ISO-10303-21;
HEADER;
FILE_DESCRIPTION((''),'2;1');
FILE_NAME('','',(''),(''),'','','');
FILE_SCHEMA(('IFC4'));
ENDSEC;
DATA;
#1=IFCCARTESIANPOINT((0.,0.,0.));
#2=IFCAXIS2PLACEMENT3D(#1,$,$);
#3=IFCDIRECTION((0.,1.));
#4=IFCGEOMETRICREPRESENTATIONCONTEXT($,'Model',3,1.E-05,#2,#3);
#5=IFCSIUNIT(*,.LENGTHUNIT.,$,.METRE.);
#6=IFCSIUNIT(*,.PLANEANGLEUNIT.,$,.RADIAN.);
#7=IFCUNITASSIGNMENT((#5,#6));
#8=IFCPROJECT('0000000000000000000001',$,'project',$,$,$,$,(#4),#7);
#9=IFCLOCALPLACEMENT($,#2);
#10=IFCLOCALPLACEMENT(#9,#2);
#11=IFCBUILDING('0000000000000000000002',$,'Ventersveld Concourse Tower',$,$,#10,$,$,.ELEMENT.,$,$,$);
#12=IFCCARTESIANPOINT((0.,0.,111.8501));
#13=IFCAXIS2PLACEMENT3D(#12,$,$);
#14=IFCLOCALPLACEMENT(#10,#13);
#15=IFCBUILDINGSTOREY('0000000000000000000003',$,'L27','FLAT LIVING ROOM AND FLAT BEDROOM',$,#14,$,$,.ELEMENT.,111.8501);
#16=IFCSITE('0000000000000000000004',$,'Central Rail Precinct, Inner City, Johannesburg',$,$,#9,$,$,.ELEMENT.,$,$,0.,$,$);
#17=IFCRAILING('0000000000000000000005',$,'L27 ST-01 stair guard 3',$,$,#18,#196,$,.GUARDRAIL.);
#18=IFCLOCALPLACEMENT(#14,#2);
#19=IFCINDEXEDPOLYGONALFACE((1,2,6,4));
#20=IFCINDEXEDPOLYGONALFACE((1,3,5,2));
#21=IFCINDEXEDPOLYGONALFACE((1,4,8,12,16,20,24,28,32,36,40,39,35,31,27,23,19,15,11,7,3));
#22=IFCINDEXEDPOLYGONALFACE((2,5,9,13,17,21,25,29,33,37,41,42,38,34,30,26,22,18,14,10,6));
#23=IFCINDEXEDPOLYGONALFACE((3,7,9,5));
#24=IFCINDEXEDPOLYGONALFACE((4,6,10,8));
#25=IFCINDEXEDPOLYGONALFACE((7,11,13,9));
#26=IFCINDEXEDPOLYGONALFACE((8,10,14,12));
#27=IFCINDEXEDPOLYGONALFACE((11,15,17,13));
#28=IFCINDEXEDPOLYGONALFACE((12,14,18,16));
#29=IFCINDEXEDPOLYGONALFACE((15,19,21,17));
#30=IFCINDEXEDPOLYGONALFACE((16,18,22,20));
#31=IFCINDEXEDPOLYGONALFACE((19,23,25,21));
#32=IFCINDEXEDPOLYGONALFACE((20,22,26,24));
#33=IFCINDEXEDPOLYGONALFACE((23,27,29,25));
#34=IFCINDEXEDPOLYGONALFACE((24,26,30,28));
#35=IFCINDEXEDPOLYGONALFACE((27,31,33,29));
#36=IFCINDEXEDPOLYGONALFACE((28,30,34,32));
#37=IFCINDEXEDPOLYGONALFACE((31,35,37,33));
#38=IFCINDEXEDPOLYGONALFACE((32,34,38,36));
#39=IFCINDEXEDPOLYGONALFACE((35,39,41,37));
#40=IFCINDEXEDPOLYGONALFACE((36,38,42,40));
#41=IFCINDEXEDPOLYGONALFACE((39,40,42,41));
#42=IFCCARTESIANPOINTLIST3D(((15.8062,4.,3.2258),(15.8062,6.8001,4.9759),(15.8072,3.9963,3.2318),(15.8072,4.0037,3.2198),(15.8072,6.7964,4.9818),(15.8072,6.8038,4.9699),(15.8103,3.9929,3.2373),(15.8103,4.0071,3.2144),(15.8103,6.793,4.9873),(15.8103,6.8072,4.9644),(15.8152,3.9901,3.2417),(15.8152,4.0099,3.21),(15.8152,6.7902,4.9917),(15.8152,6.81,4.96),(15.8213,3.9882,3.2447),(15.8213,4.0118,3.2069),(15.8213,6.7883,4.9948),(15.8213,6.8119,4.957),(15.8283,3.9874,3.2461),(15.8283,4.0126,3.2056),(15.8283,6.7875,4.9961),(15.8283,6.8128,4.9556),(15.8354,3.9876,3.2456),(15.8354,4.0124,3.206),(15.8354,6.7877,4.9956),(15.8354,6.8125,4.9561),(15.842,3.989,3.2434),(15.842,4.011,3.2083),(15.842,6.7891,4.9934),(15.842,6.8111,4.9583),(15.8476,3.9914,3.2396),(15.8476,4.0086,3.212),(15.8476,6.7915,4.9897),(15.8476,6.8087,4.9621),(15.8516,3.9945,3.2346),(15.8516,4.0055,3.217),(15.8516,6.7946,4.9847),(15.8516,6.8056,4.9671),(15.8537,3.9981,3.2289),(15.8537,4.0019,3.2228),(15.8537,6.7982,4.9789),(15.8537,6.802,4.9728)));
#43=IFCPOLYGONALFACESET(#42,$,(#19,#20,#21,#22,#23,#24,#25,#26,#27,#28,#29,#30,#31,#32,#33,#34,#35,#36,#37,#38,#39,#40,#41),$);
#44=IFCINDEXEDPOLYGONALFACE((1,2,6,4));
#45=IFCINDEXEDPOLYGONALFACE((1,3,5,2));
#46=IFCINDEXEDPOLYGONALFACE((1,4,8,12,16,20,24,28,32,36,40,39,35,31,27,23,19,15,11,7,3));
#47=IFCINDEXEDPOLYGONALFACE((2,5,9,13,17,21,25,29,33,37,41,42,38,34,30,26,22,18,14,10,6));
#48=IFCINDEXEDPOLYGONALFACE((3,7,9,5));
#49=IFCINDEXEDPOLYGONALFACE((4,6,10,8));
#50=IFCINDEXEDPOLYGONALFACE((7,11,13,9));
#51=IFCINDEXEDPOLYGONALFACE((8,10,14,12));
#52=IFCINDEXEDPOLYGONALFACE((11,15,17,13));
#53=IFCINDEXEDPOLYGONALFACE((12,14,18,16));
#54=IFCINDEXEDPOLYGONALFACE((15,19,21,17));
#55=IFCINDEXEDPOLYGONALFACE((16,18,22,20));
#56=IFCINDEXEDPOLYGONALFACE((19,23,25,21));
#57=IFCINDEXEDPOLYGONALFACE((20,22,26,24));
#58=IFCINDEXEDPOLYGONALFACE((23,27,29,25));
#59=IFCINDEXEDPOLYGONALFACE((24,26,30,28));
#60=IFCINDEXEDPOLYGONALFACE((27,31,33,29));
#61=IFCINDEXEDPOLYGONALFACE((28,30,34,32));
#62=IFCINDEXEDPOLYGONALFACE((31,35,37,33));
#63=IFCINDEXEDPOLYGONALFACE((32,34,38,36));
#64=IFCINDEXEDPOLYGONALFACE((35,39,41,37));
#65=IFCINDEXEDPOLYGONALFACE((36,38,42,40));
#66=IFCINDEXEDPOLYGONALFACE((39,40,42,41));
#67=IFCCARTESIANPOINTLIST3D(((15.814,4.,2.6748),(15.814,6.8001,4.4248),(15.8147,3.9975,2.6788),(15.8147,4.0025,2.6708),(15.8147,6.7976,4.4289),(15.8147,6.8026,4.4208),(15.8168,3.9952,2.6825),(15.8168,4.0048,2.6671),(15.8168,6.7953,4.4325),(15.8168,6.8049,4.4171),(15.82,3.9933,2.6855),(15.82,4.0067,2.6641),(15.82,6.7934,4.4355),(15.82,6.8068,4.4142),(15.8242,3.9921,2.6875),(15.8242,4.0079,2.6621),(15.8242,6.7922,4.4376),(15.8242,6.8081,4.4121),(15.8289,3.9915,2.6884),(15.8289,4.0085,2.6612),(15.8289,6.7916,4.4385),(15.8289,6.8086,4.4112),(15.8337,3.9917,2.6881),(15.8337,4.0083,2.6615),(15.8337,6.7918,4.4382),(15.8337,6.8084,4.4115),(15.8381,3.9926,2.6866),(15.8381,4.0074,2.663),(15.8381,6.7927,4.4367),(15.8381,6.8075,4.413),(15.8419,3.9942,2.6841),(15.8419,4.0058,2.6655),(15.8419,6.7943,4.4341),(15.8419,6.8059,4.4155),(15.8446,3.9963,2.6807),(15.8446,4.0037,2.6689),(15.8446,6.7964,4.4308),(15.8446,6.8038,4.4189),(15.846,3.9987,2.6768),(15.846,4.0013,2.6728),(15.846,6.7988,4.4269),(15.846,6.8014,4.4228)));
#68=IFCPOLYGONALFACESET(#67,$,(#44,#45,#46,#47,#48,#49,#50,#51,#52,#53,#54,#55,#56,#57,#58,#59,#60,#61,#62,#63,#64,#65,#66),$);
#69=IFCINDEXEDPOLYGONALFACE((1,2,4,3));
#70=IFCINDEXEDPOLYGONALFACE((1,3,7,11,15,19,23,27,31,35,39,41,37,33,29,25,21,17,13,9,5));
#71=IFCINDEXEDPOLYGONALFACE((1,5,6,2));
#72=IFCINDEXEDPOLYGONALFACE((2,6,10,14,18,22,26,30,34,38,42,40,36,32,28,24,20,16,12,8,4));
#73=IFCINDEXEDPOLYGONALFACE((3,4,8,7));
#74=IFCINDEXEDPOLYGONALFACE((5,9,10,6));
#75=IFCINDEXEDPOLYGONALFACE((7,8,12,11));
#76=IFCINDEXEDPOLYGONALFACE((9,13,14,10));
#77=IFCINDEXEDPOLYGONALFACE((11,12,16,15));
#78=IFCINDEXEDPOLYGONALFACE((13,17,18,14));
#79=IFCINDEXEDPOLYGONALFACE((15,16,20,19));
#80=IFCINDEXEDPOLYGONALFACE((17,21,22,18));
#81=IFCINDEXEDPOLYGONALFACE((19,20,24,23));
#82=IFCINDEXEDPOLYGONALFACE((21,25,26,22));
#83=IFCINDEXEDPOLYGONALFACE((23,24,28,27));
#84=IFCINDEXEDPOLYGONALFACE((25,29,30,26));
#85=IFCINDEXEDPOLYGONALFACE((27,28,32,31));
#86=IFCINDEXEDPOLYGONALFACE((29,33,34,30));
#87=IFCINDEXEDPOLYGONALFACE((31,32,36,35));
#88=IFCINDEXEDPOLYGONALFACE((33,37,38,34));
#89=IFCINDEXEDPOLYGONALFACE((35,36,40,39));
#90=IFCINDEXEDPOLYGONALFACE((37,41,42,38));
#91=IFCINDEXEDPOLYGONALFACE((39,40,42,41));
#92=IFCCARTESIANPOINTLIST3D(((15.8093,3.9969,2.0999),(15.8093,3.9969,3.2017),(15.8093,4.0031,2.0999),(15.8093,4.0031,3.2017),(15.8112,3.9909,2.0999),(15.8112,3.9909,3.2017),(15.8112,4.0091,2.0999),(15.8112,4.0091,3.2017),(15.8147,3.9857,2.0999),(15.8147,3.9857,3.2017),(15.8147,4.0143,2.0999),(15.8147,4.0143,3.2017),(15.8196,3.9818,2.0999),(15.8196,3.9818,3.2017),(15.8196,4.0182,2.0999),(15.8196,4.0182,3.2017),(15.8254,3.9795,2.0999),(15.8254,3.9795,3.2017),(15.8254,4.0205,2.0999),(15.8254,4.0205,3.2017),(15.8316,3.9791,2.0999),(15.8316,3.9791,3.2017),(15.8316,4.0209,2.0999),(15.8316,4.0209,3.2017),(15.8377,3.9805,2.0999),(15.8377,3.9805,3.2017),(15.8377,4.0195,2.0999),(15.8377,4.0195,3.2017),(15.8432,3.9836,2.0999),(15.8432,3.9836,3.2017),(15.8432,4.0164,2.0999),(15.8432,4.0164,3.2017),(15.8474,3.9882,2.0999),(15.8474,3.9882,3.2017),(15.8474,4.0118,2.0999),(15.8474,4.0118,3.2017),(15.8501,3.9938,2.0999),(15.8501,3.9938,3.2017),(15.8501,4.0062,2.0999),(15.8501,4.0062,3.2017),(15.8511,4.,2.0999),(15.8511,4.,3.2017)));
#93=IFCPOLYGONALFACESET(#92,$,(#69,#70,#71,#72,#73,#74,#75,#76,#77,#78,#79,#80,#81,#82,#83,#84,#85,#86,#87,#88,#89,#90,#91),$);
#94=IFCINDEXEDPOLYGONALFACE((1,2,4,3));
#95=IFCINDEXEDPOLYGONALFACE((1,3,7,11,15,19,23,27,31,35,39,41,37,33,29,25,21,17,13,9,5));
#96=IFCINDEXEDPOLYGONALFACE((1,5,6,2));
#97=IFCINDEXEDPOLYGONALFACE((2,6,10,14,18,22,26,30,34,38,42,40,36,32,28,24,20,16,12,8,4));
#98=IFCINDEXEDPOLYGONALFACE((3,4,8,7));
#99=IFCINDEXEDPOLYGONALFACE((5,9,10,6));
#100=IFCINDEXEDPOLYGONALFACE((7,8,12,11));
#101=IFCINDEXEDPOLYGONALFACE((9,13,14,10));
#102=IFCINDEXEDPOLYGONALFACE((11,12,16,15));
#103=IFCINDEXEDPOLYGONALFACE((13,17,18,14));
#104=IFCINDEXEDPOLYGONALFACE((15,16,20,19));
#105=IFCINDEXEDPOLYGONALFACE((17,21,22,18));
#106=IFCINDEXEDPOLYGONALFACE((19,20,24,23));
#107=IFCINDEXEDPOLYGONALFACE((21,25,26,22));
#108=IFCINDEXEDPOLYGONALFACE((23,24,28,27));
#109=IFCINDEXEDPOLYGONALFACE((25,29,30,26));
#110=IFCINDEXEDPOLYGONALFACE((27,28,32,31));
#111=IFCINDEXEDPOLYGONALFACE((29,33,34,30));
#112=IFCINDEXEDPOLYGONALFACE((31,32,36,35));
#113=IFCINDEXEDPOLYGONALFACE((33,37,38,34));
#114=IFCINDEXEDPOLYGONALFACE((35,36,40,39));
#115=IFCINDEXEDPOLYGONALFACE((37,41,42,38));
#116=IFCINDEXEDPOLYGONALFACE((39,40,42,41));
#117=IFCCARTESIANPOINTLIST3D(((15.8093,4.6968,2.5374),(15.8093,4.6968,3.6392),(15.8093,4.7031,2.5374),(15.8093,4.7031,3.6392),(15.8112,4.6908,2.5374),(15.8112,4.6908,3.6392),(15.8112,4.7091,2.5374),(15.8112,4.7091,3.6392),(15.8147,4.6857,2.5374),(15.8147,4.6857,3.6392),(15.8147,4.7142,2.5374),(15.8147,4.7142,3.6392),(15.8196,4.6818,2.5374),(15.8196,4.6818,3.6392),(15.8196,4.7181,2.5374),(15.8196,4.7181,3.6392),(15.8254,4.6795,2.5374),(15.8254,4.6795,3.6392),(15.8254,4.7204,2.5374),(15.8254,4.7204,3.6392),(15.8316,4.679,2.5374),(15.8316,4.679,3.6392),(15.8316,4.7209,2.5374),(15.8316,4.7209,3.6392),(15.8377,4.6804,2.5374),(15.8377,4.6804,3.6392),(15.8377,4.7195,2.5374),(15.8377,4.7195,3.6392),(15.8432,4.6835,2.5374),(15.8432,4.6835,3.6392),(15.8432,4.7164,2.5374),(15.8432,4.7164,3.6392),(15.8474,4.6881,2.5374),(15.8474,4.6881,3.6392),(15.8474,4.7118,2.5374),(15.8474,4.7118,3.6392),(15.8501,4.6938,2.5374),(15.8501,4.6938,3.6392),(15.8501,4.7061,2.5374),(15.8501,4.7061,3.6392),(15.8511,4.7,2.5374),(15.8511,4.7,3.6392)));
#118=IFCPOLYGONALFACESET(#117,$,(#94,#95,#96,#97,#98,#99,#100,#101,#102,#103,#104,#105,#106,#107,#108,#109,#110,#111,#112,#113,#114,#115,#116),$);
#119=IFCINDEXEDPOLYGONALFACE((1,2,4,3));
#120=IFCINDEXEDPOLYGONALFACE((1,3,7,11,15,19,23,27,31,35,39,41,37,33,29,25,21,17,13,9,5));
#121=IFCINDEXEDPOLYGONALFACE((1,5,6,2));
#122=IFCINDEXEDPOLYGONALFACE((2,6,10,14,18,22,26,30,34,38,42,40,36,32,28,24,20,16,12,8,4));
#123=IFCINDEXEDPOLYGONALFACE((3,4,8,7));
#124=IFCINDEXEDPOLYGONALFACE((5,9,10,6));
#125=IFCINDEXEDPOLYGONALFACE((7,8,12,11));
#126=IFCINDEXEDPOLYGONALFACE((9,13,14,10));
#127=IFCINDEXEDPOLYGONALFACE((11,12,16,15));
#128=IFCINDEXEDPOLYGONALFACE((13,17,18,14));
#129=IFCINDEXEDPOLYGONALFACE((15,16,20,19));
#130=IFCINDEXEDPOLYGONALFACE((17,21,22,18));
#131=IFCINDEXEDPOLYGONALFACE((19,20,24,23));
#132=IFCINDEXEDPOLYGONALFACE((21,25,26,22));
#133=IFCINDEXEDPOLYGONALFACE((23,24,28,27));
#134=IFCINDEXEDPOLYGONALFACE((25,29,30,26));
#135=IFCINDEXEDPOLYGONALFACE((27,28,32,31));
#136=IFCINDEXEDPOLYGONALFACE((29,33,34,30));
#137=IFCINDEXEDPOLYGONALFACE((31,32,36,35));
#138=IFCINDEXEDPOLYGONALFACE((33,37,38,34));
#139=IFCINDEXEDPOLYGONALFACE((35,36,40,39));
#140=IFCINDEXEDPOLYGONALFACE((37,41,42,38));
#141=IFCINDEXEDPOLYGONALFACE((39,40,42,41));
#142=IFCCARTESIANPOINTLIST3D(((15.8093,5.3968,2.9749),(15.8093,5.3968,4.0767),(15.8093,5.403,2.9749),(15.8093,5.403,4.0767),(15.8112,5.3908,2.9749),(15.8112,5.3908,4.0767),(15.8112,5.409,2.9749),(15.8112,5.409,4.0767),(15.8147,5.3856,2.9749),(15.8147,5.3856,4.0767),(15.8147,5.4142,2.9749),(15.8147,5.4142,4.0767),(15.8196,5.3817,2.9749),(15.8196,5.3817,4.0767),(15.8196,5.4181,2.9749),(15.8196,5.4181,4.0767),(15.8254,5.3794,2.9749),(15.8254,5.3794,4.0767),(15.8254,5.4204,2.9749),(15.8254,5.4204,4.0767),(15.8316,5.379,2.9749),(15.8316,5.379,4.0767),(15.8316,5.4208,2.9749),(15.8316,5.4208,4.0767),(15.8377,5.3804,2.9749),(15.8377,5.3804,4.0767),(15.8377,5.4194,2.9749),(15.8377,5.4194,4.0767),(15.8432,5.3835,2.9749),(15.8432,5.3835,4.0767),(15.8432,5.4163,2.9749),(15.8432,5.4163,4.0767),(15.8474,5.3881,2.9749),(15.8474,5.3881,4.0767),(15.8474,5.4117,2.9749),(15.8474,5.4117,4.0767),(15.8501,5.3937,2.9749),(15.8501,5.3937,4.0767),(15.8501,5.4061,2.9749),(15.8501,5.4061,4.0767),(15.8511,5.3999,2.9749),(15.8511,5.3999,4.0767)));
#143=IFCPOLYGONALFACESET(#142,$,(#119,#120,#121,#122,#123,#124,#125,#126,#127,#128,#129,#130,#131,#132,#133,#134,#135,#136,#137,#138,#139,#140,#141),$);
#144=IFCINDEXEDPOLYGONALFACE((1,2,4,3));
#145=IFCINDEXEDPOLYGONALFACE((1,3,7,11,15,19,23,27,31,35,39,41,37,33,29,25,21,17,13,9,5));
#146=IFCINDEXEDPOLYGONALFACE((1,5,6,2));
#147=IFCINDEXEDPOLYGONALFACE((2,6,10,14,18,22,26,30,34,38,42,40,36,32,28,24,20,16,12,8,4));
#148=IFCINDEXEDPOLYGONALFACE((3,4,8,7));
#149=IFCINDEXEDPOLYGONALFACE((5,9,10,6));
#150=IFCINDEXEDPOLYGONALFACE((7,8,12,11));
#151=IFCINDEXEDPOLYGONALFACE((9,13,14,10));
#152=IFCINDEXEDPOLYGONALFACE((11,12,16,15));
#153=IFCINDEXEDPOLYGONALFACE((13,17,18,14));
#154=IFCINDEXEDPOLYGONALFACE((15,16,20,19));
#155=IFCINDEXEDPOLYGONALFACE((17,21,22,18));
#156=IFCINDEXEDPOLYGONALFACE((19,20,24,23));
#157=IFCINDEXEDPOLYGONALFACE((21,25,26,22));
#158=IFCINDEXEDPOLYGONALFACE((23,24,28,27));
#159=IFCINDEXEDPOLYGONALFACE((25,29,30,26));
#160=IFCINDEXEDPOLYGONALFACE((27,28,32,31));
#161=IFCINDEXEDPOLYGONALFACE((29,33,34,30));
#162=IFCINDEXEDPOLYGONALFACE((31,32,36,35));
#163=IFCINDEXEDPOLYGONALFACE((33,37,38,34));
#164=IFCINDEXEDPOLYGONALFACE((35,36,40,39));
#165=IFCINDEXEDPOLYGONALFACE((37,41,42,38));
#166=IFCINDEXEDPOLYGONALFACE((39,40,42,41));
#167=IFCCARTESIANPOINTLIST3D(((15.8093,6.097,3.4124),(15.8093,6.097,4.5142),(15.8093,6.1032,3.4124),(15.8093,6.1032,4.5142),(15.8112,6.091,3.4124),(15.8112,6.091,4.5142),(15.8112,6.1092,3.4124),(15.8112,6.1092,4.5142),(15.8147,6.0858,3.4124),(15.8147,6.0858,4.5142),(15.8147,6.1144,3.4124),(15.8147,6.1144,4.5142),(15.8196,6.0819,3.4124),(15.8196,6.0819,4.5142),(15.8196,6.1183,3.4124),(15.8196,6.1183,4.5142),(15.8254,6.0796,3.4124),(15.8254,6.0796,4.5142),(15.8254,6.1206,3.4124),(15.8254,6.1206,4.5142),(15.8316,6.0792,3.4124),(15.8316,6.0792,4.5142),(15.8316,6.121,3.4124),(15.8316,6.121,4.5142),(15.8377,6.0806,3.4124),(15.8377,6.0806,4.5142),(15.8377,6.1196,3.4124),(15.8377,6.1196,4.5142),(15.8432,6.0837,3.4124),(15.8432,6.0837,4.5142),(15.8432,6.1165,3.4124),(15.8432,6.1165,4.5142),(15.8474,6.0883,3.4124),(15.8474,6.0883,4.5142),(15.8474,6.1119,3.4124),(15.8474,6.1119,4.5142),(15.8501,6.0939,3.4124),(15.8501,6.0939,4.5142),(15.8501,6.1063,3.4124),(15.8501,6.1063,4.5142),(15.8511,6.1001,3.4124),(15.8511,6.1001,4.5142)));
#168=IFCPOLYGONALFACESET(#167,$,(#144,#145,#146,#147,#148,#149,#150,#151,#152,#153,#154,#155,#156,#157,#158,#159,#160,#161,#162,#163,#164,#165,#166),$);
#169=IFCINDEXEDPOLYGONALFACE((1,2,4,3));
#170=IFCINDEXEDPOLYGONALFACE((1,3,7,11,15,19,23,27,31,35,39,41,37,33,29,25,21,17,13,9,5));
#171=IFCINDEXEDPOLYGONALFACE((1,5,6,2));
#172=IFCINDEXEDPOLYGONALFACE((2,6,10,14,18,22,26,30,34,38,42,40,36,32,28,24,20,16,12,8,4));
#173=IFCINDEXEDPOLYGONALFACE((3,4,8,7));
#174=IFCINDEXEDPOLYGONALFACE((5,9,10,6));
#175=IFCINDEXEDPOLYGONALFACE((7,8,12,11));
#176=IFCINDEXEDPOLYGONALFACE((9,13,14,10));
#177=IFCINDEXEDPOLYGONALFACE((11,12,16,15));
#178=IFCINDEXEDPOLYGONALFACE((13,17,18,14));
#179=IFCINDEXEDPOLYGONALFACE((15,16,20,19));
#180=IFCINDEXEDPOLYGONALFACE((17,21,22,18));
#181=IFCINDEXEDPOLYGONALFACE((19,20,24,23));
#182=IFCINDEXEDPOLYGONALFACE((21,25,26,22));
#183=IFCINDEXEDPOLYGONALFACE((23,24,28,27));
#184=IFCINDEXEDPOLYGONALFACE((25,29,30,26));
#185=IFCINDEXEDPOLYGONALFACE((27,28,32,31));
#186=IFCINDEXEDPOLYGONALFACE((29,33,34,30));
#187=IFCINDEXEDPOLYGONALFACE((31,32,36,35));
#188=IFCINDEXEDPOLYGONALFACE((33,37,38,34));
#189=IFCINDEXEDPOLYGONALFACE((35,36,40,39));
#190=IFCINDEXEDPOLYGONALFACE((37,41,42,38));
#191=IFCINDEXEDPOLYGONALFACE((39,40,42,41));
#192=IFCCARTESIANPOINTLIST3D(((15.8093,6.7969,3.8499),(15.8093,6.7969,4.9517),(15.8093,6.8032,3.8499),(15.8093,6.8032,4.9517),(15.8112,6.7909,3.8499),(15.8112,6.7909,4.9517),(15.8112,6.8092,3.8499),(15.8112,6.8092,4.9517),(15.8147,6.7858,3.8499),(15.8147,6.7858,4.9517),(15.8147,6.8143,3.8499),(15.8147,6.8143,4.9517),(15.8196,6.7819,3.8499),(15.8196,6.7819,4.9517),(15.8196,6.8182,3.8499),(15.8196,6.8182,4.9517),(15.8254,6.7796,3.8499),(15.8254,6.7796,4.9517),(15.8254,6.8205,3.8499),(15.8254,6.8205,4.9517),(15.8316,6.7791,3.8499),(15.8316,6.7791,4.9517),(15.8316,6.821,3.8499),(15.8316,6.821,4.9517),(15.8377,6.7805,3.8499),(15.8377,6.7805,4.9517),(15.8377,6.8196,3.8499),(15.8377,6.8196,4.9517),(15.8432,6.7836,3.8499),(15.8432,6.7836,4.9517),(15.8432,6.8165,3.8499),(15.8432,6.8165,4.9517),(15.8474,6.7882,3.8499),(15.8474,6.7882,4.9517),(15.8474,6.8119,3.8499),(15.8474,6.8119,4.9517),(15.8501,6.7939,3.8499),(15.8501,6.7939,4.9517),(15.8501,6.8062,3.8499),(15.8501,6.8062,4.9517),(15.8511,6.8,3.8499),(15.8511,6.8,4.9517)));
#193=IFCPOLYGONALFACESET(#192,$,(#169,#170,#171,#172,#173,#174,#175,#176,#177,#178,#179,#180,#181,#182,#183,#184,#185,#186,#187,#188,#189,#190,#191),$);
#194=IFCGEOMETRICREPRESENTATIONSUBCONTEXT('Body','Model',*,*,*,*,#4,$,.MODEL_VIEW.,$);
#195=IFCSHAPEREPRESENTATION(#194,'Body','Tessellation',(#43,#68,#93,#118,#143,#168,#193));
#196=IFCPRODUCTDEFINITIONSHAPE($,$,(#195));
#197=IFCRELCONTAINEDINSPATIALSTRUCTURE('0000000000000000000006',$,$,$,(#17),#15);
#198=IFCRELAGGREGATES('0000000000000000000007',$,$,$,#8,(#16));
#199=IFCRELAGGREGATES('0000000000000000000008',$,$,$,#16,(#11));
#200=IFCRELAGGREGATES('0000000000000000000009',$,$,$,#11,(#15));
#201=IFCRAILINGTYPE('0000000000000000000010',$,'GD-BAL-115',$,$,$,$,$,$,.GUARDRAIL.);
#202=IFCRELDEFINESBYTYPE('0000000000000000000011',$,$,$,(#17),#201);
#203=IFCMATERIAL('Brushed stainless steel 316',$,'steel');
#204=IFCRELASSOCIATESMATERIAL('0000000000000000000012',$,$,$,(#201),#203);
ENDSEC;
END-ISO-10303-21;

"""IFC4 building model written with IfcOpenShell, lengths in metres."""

from ifc_helpers import new_model, si_unit, direction, frame, origin, origin_2d, place, context, subcontext, project, spatial, circle, extrude, material, type_object, element, save


model = new_model("IFC4")

# Units and contexts
model_context = context("Model", 3, precision=1e-05, world=origin(), true_north=direction((0.0, 1.0)))
body_context = subcontext(model_context, "Body", "Model", "MODEL_VIEW")
ifc_project = project(units=[si_unit("LENGTHUNIT", "METRE"), si_unit("PLANEANGLEUNIT", "RADIAN")], contexts=[model_context])

# Site, building, storey
site_placement = place(None, origin())
site = spatial("IfcSite", under=ifc_project, at=site_placement, Name="Central Rail Precinct, Inner City, Johannesburg", CompositionType="ELEMENT", RefElevation=0.0)
building_placement = place(site_placement, origin())
building = spatial("IfcBuilding", under=site, at=building_placement, Name="Ventersveld Concourse Tower", CompositionType="ELEMENT")
storey_placement = place(building_placement, frame((0.0, 0.0, 111.8501)))
storey = spatial("IfcBuildingStorey", under=building, at=storey_placement, Name="L27", Description="FLAT LIVING ROOM AND FLAT BEDROOM", CompositionType="ELEMENT", Elevation=111.8501)

# Shared definitions
ifc_material_1 = material(Name="Brushed stainless steel 316", Category="steel")

# Railing
railing_type_1 = type_object("IfcRailingType", Name="GD-BAL-115", PredefinedType="GUARDRAIL", material=ifc_material_1)
railing_1_placement = place(storey_placement, frame((15.8301, 4.0, 2.0999)))
element("IfcRailing", 1, at=railing_1_placement, inside=storey, type_object=railing_type_1, Name="L27 ST-01 stair guard 3", PredefinedType="GUARDRAIL", context=body_context, shape_type="SweptSolid", body=[
    extrude(circle(Radius=0.0239, at=origin_2d()), frame((0.0, 0.0, 1.126), z_axis=(0.0, 0.848002, 0.529992), x_axis=(-1.0, 0.0, 0.0)), (0.0, 0.0, 1.0), 3.302),
    extrude(circle(Radius=0.0161, at=origin_2d()), frame((0.0, 0.0, 0.575), z_axis=(0.0, 0.848002, 0.529992), x_axis=(-1.0, 0.0, 0.0)), (0.0, 0.0, 1.0), 3.302),
    extrude(circle(Radius=0.021, at=origin_2d()), origin(), (0.0, 0.0, 1.0), 1.1018),
    extrude(circle(Radius=0.021, at=origin_2d()), frame((0.0, 0.7, 0.4375)), (0.0, 0.0, 1.0), 1.1018),
    extrude(circle(Radius=0.021, at=origin_2d()), frame((0.0, 1.3999, 0.875)), (0.0, 0.0, 1.0), 1.1018),
    extrude(circle(Radius=0.021, at=origin_2d()), frame((0.0, 2.1001, 1.3125)), (0.0, 0.0, 1.0), 1.1018),
    extrude(circle(Radius=0.021, at=origin_2d()), frame((0.0, 2.8, 1.75)), (0.0, 0.0, 1.0), 1.1018),
])

save(model, "model.ifc")
